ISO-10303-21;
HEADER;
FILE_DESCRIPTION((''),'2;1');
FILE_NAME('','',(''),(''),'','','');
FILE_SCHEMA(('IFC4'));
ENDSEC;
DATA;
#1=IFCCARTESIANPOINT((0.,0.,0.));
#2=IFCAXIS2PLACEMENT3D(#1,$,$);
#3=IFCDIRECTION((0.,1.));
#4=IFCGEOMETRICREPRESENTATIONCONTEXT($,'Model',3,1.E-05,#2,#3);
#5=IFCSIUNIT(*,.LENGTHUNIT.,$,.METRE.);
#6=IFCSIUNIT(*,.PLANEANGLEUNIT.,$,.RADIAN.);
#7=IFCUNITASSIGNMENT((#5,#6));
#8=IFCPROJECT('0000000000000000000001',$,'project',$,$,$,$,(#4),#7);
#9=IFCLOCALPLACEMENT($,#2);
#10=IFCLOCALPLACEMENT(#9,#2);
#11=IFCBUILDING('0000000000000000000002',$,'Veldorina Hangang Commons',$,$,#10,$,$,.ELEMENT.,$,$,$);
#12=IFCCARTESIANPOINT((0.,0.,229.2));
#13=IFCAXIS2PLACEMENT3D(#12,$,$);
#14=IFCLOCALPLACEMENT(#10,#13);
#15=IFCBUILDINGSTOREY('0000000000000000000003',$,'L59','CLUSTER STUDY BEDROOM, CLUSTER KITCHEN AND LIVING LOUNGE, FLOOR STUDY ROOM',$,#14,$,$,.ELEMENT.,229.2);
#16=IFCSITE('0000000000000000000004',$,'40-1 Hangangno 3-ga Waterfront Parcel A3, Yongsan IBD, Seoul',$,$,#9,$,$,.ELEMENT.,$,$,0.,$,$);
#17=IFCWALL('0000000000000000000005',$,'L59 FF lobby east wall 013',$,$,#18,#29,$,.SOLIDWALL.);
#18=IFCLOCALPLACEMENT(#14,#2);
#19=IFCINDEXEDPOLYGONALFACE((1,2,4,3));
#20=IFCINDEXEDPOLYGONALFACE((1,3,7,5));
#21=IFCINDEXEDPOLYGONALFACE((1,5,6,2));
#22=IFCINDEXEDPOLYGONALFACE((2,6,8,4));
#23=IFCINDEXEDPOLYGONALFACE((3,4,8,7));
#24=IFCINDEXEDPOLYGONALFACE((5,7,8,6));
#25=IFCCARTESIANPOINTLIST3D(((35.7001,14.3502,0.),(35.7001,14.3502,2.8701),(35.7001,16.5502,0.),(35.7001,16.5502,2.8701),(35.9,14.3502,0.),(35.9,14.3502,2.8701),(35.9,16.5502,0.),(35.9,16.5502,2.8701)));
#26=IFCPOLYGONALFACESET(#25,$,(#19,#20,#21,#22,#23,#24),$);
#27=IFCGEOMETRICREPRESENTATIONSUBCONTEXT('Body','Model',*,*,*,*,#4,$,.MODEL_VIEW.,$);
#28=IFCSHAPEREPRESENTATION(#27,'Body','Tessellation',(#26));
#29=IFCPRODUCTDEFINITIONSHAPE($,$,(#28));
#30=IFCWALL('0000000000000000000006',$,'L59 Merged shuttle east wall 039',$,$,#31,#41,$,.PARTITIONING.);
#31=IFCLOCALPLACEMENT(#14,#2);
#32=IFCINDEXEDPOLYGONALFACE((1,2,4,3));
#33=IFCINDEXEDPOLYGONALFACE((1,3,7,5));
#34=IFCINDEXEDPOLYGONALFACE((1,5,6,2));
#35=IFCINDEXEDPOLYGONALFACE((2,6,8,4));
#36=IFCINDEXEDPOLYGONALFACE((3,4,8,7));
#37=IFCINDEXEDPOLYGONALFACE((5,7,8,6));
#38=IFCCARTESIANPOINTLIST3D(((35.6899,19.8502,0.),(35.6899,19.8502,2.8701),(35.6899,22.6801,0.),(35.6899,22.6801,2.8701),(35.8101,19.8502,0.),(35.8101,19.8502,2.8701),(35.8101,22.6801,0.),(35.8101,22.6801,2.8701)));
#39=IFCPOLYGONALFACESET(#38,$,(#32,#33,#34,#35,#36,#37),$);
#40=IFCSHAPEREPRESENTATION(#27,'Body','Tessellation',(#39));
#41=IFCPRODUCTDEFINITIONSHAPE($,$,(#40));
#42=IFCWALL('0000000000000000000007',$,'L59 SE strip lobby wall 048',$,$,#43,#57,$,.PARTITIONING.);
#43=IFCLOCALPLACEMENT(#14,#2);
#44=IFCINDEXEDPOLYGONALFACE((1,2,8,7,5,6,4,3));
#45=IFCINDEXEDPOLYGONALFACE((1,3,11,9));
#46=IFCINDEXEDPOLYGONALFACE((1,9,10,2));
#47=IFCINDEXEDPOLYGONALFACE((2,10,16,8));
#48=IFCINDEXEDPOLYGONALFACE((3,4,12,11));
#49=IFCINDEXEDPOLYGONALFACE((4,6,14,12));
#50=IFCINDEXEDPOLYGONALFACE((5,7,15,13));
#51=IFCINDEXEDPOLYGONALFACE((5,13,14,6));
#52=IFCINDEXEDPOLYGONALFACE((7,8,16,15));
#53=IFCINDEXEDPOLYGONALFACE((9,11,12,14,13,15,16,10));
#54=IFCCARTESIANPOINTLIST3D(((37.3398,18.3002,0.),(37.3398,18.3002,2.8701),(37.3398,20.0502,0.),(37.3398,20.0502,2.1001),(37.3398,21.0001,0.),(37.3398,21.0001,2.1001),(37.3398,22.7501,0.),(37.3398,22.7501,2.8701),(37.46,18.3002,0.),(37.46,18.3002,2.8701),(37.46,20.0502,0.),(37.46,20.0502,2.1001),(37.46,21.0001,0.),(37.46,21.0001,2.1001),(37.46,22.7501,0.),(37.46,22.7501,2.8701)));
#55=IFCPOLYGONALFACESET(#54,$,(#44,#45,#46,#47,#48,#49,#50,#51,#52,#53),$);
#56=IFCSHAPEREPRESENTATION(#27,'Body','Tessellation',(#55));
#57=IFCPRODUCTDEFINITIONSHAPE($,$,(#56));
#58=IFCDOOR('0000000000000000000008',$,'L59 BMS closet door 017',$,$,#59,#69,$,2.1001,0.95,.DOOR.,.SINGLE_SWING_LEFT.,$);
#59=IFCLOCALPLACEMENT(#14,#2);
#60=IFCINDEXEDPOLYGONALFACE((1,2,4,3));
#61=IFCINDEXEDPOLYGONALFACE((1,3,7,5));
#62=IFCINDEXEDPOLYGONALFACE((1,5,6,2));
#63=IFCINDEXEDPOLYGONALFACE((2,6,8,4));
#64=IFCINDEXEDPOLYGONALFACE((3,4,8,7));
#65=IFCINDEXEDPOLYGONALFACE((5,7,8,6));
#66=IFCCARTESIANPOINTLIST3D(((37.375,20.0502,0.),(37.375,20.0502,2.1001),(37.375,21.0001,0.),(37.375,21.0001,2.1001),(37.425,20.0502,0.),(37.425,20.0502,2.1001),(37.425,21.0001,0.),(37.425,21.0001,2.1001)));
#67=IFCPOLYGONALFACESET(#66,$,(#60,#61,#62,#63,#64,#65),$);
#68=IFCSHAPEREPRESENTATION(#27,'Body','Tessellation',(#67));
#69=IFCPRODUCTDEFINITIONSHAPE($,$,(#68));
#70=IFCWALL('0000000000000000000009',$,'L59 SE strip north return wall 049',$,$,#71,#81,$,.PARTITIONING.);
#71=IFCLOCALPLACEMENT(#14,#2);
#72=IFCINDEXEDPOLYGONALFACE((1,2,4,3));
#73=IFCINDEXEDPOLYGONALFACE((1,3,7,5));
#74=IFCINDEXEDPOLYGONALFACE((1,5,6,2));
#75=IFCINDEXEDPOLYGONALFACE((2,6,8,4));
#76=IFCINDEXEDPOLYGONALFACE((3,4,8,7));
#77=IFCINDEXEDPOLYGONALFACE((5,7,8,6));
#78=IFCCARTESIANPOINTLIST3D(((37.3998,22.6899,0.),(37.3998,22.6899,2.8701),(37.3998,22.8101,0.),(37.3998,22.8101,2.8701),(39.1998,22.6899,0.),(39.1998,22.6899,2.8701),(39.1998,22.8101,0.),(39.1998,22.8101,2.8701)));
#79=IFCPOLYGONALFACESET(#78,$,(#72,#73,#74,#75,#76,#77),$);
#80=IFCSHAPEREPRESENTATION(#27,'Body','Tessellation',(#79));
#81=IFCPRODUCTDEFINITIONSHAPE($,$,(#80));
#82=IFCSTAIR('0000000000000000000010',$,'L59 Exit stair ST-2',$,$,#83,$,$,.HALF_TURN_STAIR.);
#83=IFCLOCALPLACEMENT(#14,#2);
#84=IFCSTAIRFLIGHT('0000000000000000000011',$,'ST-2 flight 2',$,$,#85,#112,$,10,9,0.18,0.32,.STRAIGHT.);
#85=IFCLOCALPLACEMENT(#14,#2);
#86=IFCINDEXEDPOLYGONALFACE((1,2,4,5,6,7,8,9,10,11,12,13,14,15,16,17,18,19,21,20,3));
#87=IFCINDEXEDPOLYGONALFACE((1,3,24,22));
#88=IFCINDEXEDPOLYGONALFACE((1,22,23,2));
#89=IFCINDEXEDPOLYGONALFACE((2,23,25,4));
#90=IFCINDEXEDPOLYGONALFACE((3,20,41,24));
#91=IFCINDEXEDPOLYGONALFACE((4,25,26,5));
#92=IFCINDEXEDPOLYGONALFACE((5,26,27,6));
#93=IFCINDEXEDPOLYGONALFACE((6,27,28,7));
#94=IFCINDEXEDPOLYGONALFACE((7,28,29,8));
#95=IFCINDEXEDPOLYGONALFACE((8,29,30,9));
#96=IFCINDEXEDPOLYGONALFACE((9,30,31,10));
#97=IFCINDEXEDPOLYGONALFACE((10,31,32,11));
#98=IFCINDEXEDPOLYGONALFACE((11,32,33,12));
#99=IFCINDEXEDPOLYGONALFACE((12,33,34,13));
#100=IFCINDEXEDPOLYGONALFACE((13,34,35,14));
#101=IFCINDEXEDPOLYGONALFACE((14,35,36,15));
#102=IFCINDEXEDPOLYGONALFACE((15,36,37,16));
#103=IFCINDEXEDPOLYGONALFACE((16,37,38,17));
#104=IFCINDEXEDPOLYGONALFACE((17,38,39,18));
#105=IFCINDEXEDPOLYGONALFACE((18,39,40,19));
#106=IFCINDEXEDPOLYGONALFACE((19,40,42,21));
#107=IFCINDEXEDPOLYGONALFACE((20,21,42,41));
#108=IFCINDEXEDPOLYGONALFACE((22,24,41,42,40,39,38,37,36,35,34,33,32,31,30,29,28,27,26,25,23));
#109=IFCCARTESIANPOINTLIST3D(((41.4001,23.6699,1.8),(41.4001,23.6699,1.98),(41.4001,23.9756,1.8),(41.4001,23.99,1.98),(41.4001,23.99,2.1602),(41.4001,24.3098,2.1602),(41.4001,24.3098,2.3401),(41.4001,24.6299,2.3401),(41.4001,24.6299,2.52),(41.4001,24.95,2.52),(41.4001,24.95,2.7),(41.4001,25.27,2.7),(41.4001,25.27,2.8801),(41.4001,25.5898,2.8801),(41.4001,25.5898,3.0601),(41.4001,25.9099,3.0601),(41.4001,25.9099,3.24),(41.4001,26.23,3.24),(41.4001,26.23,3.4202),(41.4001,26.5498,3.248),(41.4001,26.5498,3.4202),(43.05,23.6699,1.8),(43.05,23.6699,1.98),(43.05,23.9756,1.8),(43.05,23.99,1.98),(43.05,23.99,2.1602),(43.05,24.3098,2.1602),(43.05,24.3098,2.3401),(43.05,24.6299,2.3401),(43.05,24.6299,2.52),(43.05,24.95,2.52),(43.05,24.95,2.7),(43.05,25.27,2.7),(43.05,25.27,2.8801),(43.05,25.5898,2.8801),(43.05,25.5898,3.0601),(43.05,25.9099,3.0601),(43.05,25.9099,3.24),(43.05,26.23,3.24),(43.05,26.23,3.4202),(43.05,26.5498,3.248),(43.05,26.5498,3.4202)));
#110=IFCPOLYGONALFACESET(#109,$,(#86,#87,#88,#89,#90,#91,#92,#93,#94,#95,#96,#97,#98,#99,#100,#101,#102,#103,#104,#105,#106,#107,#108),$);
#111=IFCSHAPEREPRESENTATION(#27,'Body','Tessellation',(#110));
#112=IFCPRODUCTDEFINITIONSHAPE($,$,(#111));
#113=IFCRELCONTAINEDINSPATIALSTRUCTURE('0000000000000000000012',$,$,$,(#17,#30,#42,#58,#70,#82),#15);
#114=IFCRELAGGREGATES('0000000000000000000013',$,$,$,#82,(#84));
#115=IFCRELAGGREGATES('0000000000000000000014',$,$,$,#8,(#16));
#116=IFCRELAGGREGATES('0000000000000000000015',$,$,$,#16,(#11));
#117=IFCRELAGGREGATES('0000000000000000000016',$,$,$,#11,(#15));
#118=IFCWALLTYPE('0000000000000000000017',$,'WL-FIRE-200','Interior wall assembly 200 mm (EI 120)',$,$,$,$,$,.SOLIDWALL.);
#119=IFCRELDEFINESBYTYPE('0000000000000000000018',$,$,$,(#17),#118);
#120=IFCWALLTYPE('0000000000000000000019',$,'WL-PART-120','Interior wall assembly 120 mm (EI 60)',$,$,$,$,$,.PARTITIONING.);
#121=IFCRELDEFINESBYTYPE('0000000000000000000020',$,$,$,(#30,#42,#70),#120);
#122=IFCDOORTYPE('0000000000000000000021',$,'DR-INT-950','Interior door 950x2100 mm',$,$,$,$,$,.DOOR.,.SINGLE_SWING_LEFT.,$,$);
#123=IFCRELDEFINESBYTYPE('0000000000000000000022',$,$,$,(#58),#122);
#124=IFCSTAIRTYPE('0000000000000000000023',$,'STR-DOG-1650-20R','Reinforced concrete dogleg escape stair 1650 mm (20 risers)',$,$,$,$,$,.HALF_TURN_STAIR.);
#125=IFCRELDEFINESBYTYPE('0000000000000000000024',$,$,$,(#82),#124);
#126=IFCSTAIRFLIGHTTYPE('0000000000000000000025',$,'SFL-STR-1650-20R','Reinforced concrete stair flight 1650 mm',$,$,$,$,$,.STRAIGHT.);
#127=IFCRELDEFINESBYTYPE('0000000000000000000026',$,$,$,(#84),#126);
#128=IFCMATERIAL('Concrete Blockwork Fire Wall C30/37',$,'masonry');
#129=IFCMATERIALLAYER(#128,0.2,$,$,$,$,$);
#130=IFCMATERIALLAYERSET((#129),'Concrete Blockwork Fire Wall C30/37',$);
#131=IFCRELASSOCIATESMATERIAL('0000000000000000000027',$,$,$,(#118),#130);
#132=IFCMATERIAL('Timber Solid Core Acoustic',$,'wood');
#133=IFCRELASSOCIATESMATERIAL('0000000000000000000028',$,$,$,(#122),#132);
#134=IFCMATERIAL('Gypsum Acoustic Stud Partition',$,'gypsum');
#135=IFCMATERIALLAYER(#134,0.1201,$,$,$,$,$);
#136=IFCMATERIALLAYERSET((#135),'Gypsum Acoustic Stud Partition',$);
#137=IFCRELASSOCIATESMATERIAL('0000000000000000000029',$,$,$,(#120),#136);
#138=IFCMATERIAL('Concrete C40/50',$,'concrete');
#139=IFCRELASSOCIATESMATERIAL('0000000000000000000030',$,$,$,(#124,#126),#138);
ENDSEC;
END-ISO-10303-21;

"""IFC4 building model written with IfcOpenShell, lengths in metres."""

from ifc_helpers import new_model, si_unit, direction, frame, frame_2d, origin, place, context, subcontext, project, spatial, polyline, rectangle, outline, extrude, material, layer, layer_set, type_object, element, fill, aggregate, save


model = new_model("IFC4")

# Units and contexts
model_context = context("Model", 3, precision=1e-05, world=origin(), true_north=direction((0.0, 1.0)))
body_context = subcontext(model_context, "Body", "Model", "MODEL_VIEW")
ifc_project = project(units=[si_unit("LENGTHUNIT", "METRE"), si_unit("PLANEANGLEUNIT", "RADIAN")], contexts=[model_context])

# Site, building, storey
site_placement = place(None, origin())
site = spatial("IfcSite", under=ifc_project, at=site_placement, Name="40-1 Hangangno 3-ga Waterfront Parcel A3, Yongsan IBD, Seoul", CompositionType="ELEMENT", RefElevation=0.0)
building_placement = place(site_placement, origin())
building = spatial("IfcBuilding", under=site, at=building_placement, Name="Veldorina Hangang Commons", CompositionType="ELEMENT")
storey_placement = place(building_placement, frame((0.0, 0.0, 229.2)))
storey = spatial("IfcBuildingStorey", under=building, at=storey_placement, Name="L59", Description="CLUSTER STUDY BEDROOM, CLUSTER KITCHEN AND LIVING LOUNGE, FLOOR STUDY ROOM", CompositionType="ELEMENT", Elevation=229.2)

# Shared definitions
ifc_material_1 = material(Name="Concrete Blockwork Fire Wall C30/37", Category="masonry")
ifc_layer_1 = layer(ifc_material_1, 0.2)
ifc_layer_set_1 = layer_set([ifc_layer_1], Name="Concrete Blockwork Fire Wall C30/37")
wall_type_1 = type_object("IfcWallType", Name="WL-FIRE-200", Description="Interior wall assembly 200 mm (EI 120)", PredefinedType="SOLIDWALL", material=ifc_layer_set_1)
ifc_material_2 = material(Name="Timber Solid Core Acoustic", Category="wood")
door_type_1 = type_object("IfcDoorType", Name="DR-INT-950", Description="Interior door 950x2100 mm", OperationType="SINGLE_SWING_LEFT", PredefinedType="DOOR", material=ifc_material_2)

# Walls
wall_1_placement = place(storey_placement, frame((35.8, 14.3501, 0.0), z_axis=(0.0, 0.0, 1.0), x_axis=(0.0, 1.0, 0.0)))
element("IfcWall", 1, at=wall_1_placement, inside=storey, type_object=wall_type_1, Name="L59 FF lobby east wall 013", PredefinedType="SOLIDWALL", context=body_context, shape_type="SweptSolid", body=[
    extrude(rectangle(XDim=2.2, YDim=0.2, at=frame_2d((1.1001, 0.0))), origin(), (0.0, 0.0, 1.0), 2.8701),
])
ifc_material_3 = material(Name="Gypsum Acoustic Stud Partition", Category="gypsum")
ifc_layer_2 = layer(ifc_material_3, 0.1201)
ifc_layer_set_2 = layer_set([ifc_layer_2], Name="Gypsum Acoustic Stud Partition")
wall_type_2 = type_object("IfcWallType", Name="WL-PART-120", Description="Interior wall assembly 120 mm (EI 60)", PredefinedType="PARTITIONING", material=ifc_layer_set_2)
wall_2_placement = place(storey_placement, frame((35.75, 19.8501, 0.0), z_axis=(0.0, 0.0, 1.0), x_axis=(0.0, 1.0, 0.0)))
element("IfcWall", 2, at=wall_2_placement, inside=storey, type_object=wall_type_2, Name="L59 Merged shuttle east wall 039", PredefinedType="PARTITIONING", context=body_context, shape_type="SweptSolid", body=[
    extrude(rectangle(XDim=2.8298, YDim=0.1201, at=frame_2d((1.415, 0.0))), origin(), (0.0, 0.0, 1.0), 2.8701),
])

# Wall, opening, door
wall_3_placement = place(storey_placement, frame((37.3999, 18.3, 0.0), z_axis=(0.0, 0.0, 1.0), x_axis=(0.0, 1.0, 0.0)))
wall_3 = element("IfcWall", 3, at=wall_3_placement, inside=storey, type_object=wall_type_2, Name="L59 SE strip lobby wall 048", PredefinedType="PARTITIONING", context=body_context, shape_type="SweptSolid", body=[
    extrude(rectangle(XDim=4.45, YDim=0.1201, at=frame_2d((2.2251, 0.0))), origin(), (0.0, 0.0, 1.0), 2.8701),
])
opening_1_placement = place(wall_3_placement, frame((1.75, 0.0, 0.0)))
opening_1 = element("IfcOpeningElement", 4, at=opening_1_placement, cuts=wall_3, PredefinedType="OPENING", context=body_context, shape_type="SweptSolid", body=[
    extrude(rectangle(XDim=0.95, YDim=2.1001, at=frame_2d((0.4751, 1.05))), frame((0.0, 0.0701, 0.0), z_axis=(0.0, -1.0, 0.0), x_axis=(1.0, 0.0, 0.0)), (0.0, 0.0, 1.0), 0.1401),
])
door_1_placement = place(opening_1_placement, origin())
door_1 = element("IfcDoor", 5, at=door_1_placement, inside=storey, type_object=door_type_1, Name="L59 BMS closet door 017", OperationType="SINGLE_SWING_LEFT", OverallHeight=2.1001, OverallWidth=0.95, PredefinedType="DOOR", context=body_context, shape_type="SweptSolid", body=[
    extrude(rectangle(XDim=0.95, YDim=2.1001, at=frame_2d((0.4751, 1.05))), frame((0.0, 0.0249, 0.0), z_axis=(0.0, -1.0, 0.0), x_axis=(1.0, 0.0, 0.0)), (0.0, 0.0, 1.0), 0.05),
])
fill(opening_1, door_1)

# Wall
wall_4_placement = place(storey_placement, frame((37.3999, 22.75, 0.0), z_axis=(0.0, 0.0, 1.0), x_axis=(1.0, 0.0, 0.0)))
element("IfcWall", 6, at=wall_4_placement, inside=storey, type_object=wall_type_2, Name="L59 SE strip north return wall 049", PredefinedType="PARTITIONING", context=body_context, shape_type="SweptSolid", body=[
    extrude(rectangle(XDim=1.8, YDim=0.1201, at=frame_2d((0.8999, 0.0))), origin(), (0.0, 0.0, 1.0), 2.8701),
])

# Stair, stair flight
ifc_material_4 = material(Name="Concrete C40/50", Category="concrete")
stair_type = type_object("IfcStairType", Name="STR-DOG-1650-20R", Description="Reinforced concrete dogleg escape stair 1650 mm (20 risers)", PredefinedType="HALF_TURN_STAIR", material=ifc_material_4)
stair_placement = place(storey_placement, origin())
stair = element("IfcStair", 7, at=stair_placement, inside=storey, type_object=stair_type, Name="L59 Exit stair ST-2", PredefinedType="HALF_TURN_STAIR")
stair_flight_type = type_object("IfcStairFlightType", Name="SFL-STR-1650-20R", Description="Reinforced concrete stair flight 1650 mm", PredefinedType="STRAIGHT", material=ifc_material_4)
stair_flight_placement = place(storey_placement, frame((42.2251, 23.6699, 1.8), z_axis=(0.0, 0.0, 1.0), x_axis=(0.0, 1.0, 0.0)))
stair_flight = element("IfcStairFlight", 8, at=stair_flight_placement, type_object=stair_flight_type, Name="ST-2 flight 2", NumberOfRisers=10, NumberOfTreads=9, PredefinedType="STRAIGHT", RiserHeight=0.18, TreadLength=0.32, context=body_context, shape_type="SweptSolid", body=[
    extrude(outline(polyline([(0.0, 0.0), (0.0, 0.1799), (0.3201, 0.1799), (0.3201, 0.3601), (0.6399, 0.3601), (0.6399, 0.54), (0.96, 0.54), (0.96, 0.72), (1.28, 0.72), (1.28, 0.8999), (1.6001, 0.8999), (1.6001, 1.0801), (1.9199, 1.0801), (1.9199, 1.26), (2.24, 1.26), (2.24, 1.4399), (2.5601, 1.4399), (2.5601, 1.6201), (2.8799, 1.6201), (2.8799, 1.8), (2.8799, 1.448), (0.3057, 0.0), (0.0, 0.0)])), frame((0.0, 0.825, 0.0), z_axis=(0.0, -1.0, 0.0), x_axis=(1.0, 0.0, 0.0)), (0.0, 0.0, 1.0), 1.6499),
])
aggregate(stair, [stair_flight])

save(model, "model.ifc")
